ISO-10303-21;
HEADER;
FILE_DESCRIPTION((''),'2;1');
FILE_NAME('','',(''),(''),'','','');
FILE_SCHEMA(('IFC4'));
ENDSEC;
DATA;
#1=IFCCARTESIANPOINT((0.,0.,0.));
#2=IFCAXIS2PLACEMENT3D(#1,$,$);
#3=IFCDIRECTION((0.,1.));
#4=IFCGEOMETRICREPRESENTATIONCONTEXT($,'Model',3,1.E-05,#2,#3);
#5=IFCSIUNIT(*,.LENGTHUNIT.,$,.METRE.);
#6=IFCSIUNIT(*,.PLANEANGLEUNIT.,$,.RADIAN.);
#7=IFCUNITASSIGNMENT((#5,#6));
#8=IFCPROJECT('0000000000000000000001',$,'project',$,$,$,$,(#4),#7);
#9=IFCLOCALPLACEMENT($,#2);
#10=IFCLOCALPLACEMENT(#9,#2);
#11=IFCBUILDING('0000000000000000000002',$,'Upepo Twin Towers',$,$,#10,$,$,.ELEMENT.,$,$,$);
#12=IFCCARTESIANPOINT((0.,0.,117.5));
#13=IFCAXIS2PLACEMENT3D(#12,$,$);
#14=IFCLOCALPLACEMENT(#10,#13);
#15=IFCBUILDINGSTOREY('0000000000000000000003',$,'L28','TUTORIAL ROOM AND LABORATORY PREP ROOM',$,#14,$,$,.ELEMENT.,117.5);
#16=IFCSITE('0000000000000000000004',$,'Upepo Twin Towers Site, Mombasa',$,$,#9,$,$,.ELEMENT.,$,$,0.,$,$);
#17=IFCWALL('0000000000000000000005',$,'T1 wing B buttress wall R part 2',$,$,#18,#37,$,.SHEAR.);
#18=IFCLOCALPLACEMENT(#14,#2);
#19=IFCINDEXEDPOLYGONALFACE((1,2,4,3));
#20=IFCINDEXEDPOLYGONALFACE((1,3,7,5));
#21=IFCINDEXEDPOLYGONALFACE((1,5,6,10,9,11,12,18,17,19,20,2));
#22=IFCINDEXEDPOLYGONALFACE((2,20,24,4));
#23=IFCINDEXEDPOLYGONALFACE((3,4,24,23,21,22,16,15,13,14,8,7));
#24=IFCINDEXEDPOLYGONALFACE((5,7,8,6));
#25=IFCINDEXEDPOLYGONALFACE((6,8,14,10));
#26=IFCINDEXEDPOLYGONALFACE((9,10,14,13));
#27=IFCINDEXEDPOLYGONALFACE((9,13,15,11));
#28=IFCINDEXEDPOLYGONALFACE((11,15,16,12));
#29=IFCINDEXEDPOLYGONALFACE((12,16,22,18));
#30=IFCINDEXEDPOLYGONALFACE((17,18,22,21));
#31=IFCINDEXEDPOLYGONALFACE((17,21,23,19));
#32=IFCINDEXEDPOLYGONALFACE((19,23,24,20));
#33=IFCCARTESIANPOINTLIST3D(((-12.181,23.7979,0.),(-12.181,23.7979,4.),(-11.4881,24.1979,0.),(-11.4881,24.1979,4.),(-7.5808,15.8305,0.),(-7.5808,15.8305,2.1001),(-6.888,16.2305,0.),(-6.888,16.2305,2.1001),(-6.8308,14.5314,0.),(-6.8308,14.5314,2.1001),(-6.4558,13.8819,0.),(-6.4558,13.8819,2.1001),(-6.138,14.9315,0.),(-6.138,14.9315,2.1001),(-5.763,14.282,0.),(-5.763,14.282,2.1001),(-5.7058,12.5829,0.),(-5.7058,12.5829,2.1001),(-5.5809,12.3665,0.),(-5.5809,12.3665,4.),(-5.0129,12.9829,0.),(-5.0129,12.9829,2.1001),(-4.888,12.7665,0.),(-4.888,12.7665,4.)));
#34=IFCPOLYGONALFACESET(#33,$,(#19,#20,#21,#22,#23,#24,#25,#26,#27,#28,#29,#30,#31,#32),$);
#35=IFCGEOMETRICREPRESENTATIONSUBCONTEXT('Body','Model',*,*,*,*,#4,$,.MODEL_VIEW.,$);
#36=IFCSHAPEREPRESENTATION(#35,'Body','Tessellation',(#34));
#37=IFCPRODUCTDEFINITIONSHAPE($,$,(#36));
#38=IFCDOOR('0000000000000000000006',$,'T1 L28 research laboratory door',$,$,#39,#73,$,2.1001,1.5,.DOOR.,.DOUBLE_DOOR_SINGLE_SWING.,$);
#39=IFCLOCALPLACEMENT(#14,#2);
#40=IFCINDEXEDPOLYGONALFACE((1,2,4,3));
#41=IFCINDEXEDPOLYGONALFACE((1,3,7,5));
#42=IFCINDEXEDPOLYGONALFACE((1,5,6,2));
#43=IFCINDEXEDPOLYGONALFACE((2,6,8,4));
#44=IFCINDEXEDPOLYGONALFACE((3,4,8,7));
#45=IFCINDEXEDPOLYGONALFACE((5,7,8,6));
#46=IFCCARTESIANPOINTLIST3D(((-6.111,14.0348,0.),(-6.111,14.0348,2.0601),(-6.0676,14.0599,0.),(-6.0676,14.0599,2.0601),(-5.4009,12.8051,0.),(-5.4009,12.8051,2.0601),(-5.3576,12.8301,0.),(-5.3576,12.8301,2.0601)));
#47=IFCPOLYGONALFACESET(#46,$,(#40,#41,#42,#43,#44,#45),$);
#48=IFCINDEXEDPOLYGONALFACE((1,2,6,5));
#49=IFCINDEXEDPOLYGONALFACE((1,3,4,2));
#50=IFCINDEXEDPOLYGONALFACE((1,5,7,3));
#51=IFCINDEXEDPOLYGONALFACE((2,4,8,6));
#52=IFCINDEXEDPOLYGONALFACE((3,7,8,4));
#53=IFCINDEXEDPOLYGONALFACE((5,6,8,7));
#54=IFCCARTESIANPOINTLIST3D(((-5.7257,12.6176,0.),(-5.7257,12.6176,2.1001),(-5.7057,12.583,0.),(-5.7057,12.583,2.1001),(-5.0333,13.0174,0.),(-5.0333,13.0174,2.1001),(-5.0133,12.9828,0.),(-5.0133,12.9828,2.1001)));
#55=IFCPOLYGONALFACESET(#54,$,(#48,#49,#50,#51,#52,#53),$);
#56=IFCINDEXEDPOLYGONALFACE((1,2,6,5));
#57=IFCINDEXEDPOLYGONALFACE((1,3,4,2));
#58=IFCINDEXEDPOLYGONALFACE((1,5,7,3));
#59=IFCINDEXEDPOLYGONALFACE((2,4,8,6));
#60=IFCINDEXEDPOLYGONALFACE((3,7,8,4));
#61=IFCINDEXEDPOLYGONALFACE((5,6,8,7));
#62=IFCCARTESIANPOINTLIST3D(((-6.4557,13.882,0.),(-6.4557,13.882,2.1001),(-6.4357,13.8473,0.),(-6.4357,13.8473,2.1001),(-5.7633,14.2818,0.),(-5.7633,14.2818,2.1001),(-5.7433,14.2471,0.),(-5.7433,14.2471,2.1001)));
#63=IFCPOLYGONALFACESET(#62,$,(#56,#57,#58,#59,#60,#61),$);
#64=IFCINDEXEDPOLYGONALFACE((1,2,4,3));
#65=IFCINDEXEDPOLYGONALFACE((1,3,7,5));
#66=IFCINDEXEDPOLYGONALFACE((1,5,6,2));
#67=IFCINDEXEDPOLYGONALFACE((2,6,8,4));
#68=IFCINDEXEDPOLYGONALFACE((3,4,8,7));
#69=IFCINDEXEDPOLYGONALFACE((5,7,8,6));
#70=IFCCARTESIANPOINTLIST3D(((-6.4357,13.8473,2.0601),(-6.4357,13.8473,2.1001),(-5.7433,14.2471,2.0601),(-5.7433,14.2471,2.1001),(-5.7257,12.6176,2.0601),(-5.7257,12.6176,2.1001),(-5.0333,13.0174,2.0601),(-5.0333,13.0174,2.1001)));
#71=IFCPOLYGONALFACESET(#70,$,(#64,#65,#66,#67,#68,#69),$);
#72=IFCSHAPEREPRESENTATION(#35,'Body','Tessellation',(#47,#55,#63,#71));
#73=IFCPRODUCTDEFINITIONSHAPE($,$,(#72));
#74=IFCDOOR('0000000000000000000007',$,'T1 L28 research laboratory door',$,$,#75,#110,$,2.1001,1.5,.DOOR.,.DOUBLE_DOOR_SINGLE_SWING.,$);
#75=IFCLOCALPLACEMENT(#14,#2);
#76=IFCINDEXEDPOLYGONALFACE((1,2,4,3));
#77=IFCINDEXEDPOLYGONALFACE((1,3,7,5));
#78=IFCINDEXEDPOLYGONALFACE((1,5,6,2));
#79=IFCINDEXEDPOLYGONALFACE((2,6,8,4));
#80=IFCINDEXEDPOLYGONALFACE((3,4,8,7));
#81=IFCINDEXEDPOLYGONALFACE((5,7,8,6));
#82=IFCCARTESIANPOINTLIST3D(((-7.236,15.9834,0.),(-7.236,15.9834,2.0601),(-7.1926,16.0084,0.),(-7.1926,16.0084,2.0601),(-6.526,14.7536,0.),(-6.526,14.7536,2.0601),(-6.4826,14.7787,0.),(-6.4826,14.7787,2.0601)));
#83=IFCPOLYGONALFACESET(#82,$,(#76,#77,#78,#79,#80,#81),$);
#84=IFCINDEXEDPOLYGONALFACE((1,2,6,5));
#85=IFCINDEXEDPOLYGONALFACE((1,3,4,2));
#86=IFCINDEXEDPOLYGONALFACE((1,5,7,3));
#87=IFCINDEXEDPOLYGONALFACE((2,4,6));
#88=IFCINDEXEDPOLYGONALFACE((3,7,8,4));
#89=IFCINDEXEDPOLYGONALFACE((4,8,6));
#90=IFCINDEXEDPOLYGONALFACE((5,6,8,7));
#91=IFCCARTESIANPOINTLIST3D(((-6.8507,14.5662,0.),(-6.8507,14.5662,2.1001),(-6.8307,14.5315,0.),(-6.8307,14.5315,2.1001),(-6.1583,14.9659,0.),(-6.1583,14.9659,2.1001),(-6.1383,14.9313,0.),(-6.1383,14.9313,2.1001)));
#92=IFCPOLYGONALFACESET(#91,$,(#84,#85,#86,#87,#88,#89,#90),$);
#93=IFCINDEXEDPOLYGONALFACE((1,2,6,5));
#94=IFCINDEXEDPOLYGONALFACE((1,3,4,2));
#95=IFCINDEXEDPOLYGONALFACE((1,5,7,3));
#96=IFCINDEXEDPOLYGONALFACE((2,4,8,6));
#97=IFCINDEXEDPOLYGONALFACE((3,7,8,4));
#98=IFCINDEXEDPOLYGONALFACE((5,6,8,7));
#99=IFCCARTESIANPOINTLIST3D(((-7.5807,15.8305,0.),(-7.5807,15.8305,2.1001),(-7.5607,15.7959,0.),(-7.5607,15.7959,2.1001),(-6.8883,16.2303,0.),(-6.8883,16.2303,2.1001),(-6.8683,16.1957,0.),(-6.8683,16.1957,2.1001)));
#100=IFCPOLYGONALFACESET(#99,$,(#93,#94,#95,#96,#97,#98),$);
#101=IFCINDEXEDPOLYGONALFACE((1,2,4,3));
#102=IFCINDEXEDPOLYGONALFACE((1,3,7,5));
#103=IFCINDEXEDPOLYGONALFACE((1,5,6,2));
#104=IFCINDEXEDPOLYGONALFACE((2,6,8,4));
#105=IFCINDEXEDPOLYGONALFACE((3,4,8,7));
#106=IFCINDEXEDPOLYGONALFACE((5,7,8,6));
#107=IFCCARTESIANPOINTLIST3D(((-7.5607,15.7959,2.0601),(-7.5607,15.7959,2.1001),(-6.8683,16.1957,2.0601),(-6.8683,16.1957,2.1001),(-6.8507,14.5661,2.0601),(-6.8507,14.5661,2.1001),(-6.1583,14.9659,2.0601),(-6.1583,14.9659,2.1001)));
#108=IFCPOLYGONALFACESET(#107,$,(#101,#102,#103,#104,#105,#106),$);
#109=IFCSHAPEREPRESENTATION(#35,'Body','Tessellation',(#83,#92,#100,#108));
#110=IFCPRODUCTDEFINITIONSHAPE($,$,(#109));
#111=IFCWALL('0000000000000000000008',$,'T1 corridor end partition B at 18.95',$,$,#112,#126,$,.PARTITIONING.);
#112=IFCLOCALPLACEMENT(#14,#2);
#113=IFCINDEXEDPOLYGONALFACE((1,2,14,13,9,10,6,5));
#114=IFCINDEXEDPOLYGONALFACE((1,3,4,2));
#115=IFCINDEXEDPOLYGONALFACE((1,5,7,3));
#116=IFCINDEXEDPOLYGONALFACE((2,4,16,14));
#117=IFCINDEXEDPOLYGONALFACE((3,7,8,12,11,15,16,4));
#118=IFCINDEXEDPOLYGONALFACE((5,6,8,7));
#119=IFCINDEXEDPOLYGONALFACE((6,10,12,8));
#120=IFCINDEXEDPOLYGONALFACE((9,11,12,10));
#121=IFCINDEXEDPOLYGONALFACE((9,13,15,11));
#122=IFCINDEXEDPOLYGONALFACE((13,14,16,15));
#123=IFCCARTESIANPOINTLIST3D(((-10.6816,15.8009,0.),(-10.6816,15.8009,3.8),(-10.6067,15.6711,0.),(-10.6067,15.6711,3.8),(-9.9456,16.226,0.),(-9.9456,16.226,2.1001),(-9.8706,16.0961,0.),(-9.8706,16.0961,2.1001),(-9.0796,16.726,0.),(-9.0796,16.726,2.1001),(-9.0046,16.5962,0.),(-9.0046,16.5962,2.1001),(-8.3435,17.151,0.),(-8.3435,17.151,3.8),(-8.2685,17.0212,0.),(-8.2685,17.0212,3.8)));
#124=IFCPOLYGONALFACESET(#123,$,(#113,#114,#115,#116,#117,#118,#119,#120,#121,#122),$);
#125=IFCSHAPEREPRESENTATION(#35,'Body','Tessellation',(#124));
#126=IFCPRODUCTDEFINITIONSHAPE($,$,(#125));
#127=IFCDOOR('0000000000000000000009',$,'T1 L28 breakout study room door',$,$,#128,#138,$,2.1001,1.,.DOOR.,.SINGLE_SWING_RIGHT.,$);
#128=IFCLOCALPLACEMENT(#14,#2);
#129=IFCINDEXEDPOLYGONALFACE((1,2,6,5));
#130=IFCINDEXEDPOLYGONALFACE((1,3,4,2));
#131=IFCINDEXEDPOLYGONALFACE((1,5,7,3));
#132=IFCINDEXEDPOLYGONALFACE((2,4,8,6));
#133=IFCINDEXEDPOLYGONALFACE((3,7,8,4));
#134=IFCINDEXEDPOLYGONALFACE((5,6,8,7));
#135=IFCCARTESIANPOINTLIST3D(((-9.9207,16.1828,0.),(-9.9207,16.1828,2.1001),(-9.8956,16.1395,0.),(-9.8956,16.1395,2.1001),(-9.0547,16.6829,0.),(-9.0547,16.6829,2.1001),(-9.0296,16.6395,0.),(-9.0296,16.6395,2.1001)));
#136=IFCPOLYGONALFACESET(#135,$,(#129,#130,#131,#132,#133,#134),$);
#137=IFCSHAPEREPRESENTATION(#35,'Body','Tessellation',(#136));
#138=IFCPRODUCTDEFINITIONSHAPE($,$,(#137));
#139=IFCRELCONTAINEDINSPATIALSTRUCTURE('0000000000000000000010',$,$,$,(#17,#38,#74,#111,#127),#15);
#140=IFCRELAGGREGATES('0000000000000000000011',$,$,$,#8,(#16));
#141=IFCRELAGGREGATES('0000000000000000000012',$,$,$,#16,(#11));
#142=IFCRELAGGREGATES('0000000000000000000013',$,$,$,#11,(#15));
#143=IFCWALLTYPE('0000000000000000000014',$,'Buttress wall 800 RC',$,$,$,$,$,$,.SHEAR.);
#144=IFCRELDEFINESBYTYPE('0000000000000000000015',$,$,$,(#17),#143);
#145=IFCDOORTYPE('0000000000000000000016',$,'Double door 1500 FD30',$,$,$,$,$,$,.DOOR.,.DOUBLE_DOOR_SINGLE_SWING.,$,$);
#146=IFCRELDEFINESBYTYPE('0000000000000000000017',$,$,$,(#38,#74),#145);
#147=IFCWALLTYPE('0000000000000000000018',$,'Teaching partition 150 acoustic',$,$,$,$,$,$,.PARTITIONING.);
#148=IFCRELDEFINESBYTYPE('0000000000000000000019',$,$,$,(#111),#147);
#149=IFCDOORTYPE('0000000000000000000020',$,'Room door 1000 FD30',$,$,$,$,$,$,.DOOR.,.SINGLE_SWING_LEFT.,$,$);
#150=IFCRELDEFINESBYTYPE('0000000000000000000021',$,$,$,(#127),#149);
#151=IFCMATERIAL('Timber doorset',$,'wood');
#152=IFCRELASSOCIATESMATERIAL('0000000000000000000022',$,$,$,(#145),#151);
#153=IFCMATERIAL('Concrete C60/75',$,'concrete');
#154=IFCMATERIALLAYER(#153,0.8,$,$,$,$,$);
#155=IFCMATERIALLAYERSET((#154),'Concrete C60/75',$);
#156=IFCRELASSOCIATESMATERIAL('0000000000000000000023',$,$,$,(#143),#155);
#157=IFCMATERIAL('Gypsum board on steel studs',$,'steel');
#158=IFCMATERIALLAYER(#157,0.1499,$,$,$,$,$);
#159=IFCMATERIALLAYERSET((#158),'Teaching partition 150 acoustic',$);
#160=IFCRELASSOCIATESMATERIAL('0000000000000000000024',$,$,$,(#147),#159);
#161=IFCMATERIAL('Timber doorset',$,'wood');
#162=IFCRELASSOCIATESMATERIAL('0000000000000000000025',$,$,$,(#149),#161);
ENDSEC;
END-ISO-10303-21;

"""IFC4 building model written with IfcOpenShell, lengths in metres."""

from ifc_helpers import new_model, si_unit, direction, frame, frame_2d, origin, place, context, subcontext, project, spatial, rectangle, extrude, material, layer, layer_set, type_object, element, fill, save


model = new_model("IFC4")

# Units and contexts
model_context = context("Model", 3, precision=1e-05, world=origin(), true_north=direction((0.0, 1.0)))
body_context = subcontext(model_context, "Body", "Model", "MODEL_VIEW")
ifc_project = project(units=[si_unit("LENGTHUNIT", "METRE"), si_unit("PLANEANGLEUNIT", "RADIAN")], contexts=[model_context])

# Site, building, storey
site_placement = place(None, origin())
site = spatial("IfcSite", under=ifc_project, at=site_placement, Name="Upepo Twin Towers Site, Mombasa", CompositionType="ELEMENT", RefElevation=0.0)
building_placement = place(site_placement, origin())
building = spatial("IfcBuilding", under=site, at=building_placement, Name="Upepo Twin Towers", CompositionType="ELEMENT")
storey_placement = place(building_placement, frame((0.0, 0.0, 117.5)))
storey = spatial("IfcBuildingStorey", under=building, at=storey_placement, Name="L28", Description="TUTORIAL ROOM AND LABORATORY PREP ROOM", CompositionType="ELEMENT", Elevation=117.5)

# Shared definitions
ifc_material_1 = material(Name="Timber doorset", Category="wood")
door_type_1 = type_object("IfcDoorType", Name="Double door 1500 FD30", OperationType="DOUBLE_DOOR_SINGLE_SWING", PredefinedType="DOOR", material=ifc_material_1)

# Wall, openings, doors
ifc_material_2 = material(Name="Concrete C60/75", Category="concrete")
ifc_layer_1 = layer(ifc_material_2, 0.8)
ifc_layer_set_1 = layer_set([ifc_layer_1], Name="Concrete C60/75")
wall_type_1 = type_object("IfcWallType", Name="Buttress wall 800 RC", PredefinedType="SHEAR", material=ifc_layer_set_1)
wall_1_placement = place(storey_placement, frame((-5.2344, 12.5664, 0.0), z_axis=(0.0, 0.0, 1.0), x_axis=(-0.50001, 0.86602, 0.0)))
wall_1 = element("IfcWall", 1, at=wall_1_placement, inside=storey, type_object=wall_type_1, Name="T1 wing B buttress wall R part 2", PredefinedType="SHEAR", context=body_context, shape_type="SweptSolid", body=[
    extrude(rectangle(XDim=13.2, YDim=0.8, at=frame_2d((6.6001, 0.0))), origin(), (0.0, 0.0, 1.0), 4.0),
])
opening_1_placement = place(wall_1_placement, frame((0.25, 0.0, 0.0)))
opening_1 = element("IfcOpeningElement", 2, at=opening_1_placement, cuts=wall_1, PredefinedType="OPENING", context=body_context, shape_type="SweptSolid", body=[
    extrude(rectangle(XDim=1.5, YDim=2.1001, at=frame_2d((0.75, 1.05))), frame((0.0, 0.4099, 0.0), z_axis=(0.0, -1.0, 0.0), x_axis=(1.0, 0.0, 0.0)), (0.0, 0.0, 1.0), 0.8201),
])
opening_2_placement = place(wall_1_placement, frame((2.5, 0.0, 0.0)))
opening_2 = element("IfcOpeningElement", 3, at=opening_2_placement, cuts=wall_1, PredefinedType="OPENING", context=body_context, shape_type="SweptSolid", body=[
    extrude(rectangle(XDim=1.5, YDim=2.1001, at=frame_2d((0.75, 1.05))), frame((0.0, 0.4099, 0.0), z_axis=(0.0, -1.0, 0.0), x_axis=(1.0, 0.0, 0.0)), (0.0, 0.0, 1.0), 0.8201),
])
door_1_placement = place(opening_1_placement, origin())
door_1 = element("IfcDoor", 4, at=door_1_placement, inside=storey, type_object=door_type_1, Name="T1 L28 research laboratory door", OperationType="DOUBLE_DOOR_SINGLE_SWING", OverallHeight=2.1001, OverallWidth=1.5, PredefinedType="DOOR", context=body_context, shape_type="SweptSolid", body=[
    extrude(rectangle(XDim=1.42, YDim=2.0601, at=frame_2d((0.75, 1.03))), frame((0.0, 0.0249, 0.0), z_axis=(0.0, -1.0, 0.0), x_axis=(1.0, 0.0, 0.0)), (0.0, 0.0, 1.0), 0.05),
    extrude(rectangle(XDim=0.04, YDim=2.1001, at=frame_2d((0.02, 1.05))), frame((0.0, 0.3999, 0.0), z_axis=(0.0, -1.0, 0.0), x_axis=(1.0, 0.0, 0.0)), (0.0, 0.0, 1.0), 0.7996),
    extrude(rectangle(XDim=0.04, YDim=2.1001, at=frame_2d((1.48, 1.05))), frame((0.0, 0.3999, 0.0), z_axis=(0.0, -1.0, 0.0), x_axis=(1.0, 0.0, 0.0)), (0.0, 0.0, 1.0), 0.7996),
    extrude(rectangle(XDim=1.42, YDim=0.04, at=frame_2d((0.75, 2.0801))), frame((0.0, 0.3999, 0.0), z_axis=(0.0, -1.0, 0.0), x_axis=(1.0, 0.0, 0.0)), (0.0, 0.0, 1.0), 0.7996),
])
fill(opening_1, door_1)
door_2_placement = place(opening_2_placement, origin())
door_2 = element("IfcDoor", 5, at=door_2_placement, inside=storey, type_object=door_type_1, Name="T1 L28 research laboratory door", OperationType="DOUBLE_DOOR_SINGLE_SWING", OverallHeight=2.1001, OverallWidth=1.5, PredefinedType="DOOR", context=body_context, shape_type="SweptSolid", body=[
    extrude(rectangle(XDim=1.42, YDim=2.0601, at=frame_2d((0.75, 1.03))), frame((0.0, 0.0249, 0.0), z_axis=(0.0, -1.0, 0.0), x_axis=(1.0, 0.0, 0.0)), (0.0, 0.0, 1.0), 0.05),
    extrude(rectangle(XDim=0.04, YDim=2.1001, at=frame_2d((0.02, 1.05))), frame((0.0, 0.3999, 0.0), z_axis=(0.0, -1.0, 0.0), x_axis=(1.0, 0.0, 0.0)), (0.0, 0.0, 1.0), 0.7996),
    extrude(rectangle(XDim=0.04, YDim=2.1001, at=frame_2d((1.48, 1.05))), frame((0.0, 0.3999, 0.0), z_axis=(0.0, -1.0, 0.0), x_axis=(1.0, 0.0, 0.0)), (0.0, 0.0, 1.0), 0.7996),
    extrude(rectangle(XDim=1.42, YDim=0.04, at=frame_2d((0.75, 2.0801))), frame((0.0, 0.3999, 0.0), z_axis=(0.0, -1.0, 0.0), x_axis=(1.0, 0.0, 0.0)), (0.0, 0.0, 1.0), 0.7996),
])
fill(opening_2, door_2)

# Wall, opening, door
ifc_material_3 = material(Name="Gypsum board on steel studs", Category="steel")
ifc_layer_2 = layer(ifc_material_3, 0.1499)
ifc_layer_set_2 = layer_set([ifc_layer_2], Name="Teaching partition 150 acoustic")
wall_type_2 = type_object("IfcWallType", Name="Teaching partition 150 acoustic", PredefinedType="PARTITIONING", material=ifc_layer_set_2)
wall_2_placement = place(storey_placement, frame((-8.3059, 17.0862, 0.0), z_axis=(0.0, 0.0, 1.0), x_axis=(-0.865997, -0.500049, 0.0)))
wall_2 = element("IfcWall", 6, at=wall_2_placement, inside=storey, type_object=wall_type_2, Name="T1 corridor end partition B at 18.95", PredefinedType="PARTITIONING", context=body_context, shape_type="SweptSolid", body=[
    extrude(rectangle(XDim=2.7, YDim=0.1499, at=frame_2d((1.3501, 0.0))), origin(), (0.0, 0.0, 1.0), 3.8),
])
opening_3_placement = place(wall_2_placement, frame((0.8501, 0.0, 0.0)))
opening_3 = element("IfcOpeningElement", 7, at=opening_3_placement, cuts=wall_2, PredefinedType="OPENING", context=body_context, shape_type="SweptSolid", body=[
    extrude(rectangle(XDim=1.0, YDim=2.1001, at=frame_2d((0.5, 1.05))), frame((0.0, 0.085, 0.0), z_axis=(0.0, -1.0, 0.0), x_axis=(1.0, 0.0, 0.0)), (0.0, 0.0, 1.0), 0.1699),
])
ifc_material_4 = material(Name="Timber doorset", Category="wood")
door_type_2 = type_object("IfcDoorType", Name="Room door 1000 FD30", OperationType="SINGLE_SWING_LEFT", PredefinedType="DOOR", material=ifc_material_4)
door_3_placement = place(opening_3_placement, origin())
door_3 = element("IfcDoor", 8, at=door_3_placement, inside=storey, type_object=door_type_2, Name="T1 L28 breakout study room door", OperationType="SINGLE_SWING_RIGHT", OverallHeight=2.1001, OverallWidth=1.0, PredefinedType="DOOR", context=body_context, shape_type="SweptSolid", body=[
    extrude(rectangle(XDim=1.0, YDim=2.1001, at=frame_2d((0.5, 1.05))), frame((0.0, 0.0249, 0.0), z_axis=(0.0, -1.0, 0.0), x_axis=(1.0, 0.0, 0.0)), (0.0, 0.0, 1.0), 0.05),
])
fill(opening_3, door_3)

save(model, "model.ifc")
